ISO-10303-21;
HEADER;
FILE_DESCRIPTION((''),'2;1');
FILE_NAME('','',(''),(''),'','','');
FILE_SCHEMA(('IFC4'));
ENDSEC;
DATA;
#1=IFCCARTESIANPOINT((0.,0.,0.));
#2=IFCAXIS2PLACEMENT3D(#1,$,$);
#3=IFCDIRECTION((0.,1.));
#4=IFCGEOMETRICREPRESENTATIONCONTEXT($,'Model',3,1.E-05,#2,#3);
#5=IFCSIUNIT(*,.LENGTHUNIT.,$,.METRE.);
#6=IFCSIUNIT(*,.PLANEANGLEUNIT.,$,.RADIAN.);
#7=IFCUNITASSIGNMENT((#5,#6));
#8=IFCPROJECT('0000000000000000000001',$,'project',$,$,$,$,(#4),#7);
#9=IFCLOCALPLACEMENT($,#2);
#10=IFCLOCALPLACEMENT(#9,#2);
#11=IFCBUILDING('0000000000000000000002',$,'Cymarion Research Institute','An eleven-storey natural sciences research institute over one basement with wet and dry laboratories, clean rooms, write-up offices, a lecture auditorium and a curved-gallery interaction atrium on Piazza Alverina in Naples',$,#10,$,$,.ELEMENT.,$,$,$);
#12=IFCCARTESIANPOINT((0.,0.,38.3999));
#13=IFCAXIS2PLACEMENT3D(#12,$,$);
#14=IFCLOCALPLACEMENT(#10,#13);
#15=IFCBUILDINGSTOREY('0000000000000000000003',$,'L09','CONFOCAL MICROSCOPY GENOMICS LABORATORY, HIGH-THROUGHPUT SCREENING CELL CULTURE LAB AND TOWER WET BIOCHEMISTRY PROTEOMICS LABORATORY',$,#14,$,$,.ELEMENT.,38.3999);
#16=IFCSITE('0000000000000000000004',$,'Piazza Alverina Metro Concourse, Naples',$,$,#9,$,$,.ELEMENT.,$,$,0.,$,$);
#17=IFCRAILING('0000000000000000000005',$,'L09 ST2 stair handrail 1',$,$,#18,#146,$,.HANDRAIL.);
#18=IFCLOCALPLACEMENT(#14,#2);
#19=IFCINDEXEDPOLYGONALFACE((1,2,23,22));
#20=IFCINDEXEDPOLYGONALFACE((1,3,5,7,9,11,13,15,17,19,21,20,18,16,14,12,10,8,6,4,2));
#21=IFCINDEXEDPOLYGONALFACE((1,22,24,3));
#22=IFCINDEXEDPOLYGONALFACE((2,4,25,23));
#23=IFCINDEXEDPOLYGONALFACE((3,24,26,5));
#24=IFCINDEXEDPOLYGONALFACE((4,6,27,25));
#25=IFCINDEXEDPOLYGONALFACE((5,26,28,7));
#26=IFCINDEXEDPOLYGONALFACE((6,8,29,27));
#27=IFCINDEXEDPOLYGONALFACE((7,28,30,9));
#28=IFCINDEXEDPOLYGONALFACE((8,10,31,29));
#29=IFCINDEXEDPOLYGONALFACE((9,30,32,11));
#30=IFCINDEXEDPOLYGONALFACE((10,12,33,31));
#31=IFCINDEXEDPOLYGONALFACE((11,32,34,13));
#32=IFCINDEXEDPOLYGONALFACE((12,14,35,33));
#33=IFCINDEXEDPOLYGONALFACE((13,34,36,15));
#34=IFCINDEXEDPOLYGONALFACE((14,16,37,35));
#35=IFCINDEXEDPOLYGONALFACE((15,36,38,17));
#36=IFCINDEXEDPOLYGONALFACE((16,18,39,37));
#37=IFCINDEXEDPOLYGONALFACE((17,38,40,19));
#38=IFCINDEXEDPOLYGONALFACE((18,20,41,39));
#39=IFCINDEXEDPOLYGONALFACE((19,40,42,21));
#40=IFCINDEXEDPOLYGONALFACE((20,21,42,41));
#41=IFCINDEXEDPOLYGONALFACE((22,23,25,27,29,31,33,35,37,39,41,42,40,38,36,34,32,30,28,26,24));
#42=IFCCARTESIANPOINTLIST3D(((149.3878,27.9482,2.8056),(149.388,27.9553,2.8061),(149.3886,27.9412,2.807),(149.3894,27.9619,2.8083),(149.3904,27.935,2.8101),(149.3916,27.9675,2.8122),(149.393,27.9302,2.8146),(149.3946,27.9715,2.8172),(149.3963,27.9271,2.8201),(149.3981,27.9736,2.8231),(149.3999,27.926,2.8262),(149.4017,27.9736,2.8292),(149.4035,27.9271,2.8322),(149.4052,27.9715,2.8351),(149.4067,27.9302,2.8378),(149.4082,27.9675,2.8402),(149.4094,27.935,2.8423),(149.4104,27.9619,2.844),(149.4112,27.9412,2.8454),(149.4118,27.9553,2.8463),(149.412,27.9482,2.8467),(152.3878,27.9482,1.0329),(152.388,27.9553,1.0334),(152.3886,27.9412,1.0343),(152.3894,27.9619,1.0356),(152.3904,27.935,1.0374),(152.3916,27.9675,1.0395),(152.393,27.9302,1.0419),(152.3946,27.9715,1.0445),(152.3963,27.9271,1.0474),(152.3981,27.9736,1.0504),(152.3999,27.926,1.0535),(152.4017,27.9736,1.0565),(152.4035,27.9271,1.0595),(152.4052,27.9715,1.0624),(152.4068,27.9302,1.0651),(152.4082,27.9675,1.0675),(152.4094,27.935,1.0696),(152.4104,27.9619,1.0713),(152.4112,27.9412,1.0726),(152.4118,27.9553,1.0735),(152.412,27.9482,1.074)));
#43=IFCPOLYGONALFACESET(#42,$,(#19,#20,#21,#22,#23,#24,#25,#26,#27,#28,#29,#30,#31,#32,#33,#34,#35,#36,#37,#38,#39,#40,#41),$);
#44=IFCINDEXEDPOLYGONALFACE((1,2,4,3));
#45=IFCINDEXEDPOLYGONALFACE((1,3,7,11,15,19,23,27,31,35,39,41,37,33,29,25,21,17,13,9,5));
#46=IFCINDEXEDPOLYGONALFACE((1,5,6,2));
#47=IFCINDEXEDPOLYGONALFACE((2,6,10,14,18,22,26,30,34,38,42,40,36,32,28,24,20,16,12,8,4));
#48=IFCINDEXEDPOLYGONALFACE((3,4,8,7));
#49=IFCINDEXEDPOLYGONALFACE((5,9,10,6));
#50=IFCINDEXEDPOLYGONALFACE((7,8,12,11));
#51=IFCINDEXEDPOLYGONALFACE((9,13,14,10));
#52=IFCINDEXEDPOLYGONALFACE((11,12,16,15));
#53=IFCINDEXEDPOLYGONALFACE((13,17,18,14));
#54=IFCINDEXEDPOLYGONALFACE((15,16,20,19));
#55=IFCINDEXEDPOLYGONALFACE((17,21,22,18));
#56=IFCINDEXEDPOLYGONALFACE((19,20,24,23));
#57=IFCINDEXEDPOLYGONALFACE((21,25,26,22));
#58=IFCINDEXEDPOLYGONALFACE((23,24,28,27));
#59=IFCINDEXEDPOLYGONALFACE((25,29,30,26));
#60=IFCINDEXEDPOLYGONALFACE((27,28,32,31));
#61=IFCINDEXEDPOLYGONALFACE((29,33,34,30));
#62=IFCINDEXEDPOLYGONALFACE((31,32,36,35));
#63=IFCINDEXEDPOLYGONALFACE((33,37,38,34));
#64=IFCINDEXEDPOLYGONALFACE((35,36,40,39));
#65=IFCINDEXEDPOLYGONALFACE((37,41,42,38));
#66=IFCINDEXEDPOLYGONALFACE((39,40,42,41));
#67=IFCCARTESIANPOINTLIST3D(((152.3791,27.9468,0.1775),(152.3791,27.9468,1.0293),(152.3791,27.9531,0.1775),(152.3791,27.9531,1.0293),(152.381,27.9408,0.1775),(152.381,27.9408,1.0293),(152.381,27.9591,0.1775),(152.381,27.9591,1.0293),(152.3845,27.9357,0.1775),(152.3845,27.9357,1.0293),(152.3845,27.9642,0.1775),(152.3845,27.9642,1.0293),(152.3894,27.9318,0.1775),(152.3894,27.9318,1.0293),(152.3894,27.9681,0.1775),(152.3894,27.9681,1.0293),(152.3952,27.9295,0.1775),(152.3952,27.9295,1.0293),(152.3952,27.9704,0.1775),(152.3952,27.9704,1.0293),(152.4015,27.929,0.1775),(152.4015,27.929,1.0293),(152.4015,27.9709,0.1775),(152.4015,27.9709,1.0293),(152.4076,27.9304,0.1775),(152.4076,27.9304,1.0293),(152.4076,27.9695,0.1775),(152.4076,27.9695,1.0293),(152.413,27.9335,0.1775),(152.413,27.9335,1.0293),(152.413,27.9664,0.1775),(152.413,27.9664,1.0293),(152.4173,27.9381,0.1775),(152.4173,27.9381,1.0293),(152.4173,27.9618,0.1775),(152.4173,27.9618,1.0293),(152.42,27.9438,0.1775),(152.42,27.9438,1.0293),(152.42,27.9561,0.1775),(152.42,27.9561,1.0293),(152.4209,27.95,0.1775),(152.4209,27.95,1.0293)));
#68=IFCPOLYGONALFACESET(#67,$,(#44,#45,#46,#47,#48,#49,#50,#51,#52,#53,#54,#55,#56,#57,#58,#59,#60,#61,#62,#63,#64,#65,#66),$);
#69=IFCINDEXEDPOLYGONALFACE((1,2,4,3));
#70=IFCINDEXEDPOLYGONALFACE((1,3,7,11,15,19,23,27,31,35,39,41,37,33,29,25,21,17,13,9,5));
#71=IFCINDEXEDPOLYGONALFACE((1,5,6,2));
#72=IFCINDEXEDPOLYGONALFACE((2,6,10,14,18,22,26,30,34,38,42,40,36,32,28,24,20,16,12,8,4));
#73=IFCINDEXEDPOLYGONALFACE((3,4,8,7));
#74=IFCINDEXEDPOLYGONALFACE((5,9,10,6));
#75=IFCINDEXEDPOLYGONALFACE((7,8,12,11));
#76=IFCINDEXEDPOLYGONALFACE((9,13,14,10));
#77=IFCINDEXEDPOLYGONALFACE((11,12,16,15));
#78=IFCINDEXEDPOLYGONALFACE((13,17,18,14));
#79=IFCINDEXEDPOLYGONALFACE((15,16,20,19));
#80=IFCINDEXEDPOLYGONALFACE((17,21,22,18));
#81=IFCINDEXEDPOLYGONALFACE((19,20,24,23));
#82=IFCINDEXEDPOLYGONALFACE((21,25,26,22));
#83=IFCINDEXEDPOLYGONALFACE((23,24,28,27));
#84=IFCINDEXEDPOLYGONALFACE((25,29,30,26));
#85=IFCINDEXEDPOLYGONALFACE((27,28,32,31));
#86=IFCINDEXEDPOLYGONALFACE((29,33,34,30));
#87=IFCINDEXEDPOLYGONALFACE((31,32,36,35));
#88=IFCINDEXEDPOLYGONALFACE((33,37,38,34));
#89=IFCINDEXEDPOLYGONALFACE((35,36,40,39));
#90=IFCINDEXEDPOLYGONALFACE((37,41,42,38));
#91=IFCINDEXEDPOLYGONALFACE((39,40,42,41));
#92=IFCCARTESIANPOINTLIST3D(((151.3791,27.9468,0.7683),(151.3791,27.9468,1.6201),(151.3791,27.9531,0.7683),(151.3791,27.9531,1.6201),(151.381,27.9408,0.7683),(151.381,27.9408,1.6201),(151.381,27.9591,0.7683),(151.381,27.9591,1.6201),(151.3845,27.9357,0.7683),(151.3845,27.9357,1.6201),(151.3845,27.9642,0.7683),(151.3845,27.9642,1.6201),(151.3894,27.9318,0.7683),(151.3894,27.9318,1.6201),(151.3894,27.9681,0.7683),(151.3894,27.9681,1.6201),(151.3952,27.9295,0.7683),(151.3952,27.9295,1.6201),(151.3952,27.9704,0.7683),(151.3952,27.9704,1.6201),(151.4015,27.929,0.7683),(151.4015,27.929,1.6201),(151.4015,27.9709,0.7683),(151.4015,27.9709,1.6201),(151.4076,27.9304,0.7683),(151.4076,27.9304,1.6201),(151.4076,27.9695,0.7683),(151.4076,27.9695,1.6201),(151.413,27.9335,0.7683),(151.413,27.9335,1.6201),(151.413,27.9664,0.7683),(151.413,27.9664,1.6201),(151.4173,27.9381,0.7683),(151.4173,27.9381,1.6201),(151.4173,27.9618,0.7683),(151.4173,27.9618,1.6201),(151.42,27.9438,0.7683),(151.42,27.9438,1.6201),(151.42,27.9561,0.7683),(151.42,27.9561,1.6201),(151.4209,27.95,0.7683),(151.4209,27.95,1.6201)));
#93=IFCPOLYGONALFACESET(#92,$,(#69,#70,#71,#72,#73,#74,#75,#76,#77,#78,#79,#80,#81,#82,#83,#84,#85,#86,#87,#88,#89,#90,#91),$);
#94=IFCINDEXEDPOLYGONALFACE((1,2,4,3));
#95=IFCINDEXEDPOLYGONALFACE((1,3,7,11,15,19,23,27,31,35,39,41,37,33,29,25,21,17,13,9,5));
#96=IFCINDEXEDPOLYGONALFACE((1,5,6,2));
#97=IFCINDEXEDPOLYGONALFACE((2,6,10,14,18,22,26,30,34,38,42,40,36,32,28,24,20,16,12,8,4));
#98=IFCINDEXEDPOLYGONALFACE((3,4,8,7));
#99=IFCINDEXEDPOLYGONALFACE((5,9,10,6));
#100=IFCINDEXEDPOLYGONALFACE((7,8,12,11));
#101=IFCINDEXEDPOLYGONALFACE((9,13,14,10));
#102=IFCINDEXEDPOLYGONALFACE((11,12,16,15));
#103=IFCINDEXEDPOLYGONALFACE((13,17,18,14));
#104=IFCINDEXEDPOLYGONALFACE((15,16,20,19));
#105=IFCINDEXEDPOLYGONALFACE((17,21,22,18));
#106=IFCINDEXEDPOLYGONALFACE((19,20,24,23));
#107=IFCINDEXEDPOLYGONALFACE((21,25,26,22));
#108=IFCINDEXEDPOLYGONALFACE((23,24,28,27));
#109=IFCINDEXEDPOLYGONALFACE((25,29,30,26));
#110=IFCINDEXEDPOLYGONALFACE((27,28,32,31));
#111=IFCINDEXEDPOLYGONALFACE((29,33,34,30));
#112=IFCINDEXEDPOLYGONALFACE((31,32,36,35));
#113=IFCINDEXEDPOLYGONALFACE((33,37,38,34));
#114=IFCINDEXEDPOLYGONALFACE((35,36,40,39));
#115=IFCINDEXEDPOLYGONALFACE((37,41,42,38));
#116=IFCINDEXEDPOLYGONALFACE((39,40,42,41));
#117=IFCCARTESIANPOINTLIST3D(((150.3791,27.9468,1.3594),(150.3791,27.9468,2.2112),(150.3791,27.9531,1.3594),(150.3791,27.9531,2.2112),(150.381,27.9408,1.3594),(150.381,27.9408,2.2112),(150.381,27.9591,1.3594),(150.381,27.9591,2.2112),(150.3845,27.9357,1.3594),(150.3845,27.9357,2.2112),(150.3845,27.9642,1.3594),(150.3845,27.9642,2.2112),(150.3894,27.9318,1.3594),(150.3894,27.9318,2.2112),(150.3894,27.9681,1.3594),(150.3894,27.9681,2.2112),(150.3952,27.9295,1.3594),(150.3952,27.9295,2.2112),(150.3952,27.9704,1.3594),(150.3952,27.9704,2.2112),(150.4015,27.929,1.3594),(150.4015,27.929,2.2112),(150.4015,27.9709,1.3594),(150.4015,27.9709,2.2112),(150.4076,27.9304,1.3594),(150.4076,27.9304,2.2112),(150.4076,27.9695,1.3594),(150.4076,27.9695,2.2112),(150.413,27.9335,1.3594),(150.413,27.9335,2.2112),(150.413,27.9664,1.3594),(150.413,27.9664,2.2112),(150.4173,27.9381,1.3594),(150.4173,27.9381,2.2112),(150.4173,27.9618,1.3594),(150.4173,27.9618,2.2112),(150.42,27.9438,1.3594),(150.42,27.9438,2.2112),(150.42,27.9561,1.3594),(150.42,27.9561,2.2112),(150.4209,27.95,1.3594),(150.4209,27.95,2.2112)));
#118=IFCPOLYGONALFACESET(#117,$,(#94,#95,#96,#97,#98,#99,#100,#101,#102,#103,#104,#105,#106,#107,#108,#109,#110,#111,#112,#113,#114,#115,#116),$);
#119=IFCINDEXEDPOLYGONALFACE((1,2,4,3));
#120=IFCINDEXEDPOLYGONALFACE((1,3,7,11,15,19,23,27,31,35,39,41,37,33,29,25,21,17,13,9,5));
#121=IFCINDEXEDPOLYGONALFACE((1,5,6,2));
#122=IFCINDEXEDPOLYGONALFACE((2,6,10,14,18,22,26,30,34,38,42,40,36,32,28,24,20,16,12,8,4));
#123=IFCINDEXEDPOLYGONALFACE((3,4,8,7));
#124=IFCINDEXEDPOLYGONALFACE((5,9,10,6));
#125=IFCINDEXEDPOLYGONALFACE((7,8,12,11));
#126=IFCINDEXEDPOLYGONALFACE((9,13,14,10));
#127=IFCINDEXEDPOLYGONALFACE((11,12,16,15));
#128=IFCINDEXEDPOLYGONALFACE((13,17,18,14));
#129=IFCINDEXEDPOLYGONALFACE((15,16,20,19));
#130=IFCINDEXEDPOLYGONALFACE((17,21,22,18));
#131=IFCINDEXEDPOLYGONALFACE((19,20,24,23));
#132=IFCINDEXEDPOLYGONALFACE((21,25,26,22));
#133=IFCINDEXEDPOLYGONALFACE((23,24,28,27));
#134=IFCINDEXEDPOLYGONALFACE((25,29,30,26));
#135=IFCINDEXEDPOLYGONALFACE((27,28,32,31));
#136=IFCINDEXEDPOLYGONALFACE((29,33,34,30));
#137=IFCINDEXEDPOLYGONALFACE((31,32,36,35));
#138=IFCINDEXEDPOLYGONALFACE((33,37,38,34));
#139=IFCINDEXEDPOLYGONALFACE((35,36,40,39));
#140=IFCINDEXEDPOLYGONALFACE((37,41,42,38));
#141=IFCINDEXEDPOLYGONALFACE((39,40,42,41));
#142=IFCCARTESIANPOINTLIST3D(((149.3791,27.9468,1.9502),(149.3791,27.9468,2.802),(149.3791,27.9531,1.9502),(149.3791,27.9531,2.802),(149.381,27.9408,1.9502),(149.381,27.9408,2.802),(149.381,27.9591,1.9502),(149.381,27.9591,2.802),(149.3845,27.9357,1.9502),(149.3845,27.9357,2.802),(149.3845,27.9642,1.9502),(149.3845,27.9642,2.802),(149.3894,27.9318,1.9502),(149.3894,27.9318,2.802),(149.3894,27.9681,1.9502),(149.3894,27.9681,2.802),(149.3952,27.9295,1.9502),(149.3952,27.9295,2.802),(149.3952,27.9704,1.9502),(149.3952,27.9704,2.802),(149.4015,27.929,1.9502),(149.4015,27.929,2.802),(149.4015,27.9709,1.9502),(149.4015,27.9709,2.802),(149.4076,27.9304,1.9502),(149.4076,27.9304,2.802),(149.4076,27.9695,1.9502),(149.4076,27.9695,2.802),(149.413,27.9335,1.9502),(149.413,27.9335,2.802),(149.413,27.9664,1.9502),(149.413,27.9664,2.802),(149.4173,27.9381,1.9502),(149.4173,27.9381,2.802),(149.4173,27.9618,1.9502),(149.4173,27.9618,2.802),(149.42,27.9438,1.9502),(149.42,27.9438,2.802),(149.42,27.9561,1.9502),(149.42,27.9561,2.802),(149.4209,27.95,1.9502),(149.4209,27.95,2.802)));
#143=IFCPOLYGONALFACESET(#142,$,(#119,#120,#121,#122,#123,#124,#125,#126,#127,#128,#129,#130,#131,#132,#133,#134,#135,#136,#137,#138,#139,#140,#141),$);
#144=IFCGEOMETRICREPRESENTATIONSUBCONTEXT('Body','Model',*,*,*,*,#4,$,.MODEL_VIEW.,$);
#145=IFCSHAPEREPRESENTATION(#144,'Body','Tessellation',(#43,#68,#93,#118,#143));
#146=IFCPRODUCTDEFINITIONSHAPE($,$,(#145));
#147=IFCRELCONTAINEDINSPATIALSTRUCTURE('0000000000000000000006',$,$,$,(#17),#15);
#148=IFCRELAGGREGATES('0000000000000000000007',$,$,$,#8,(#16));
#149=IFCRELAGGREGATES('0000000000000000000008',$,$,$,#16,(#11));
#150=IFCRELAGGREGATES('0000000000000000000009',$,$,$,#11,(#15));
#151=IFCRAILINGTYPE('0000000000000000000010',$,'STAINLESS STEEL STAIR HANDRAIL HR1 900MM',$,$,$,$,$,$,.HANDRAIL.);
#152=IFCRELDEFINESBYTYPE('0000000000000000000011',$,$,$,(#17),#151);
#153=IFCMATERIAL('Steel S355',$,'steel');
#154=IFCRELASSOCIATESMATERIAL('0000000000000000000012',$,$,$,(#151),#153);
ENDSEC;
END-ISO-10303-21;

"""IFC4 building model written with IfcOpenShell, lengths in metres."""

from ifc_helpers import new_model, si_unit, direction, frame, origin, origin_2d, place, context, subcontext, project, spatial, circle, extrude, material, type_object, element, save


model = new_model("IFC4")

# Units and contexts
model_context = context("Model", 3, precision=1e-05, world=origin(), true_north=direction((0.0, 1.0)))
body_context = subcontext(model_context, "Body", "Model", "MODEL_VIEW")
ifc_project = project(units=[si_unit("LENGTHUNIT", "METRE"), si_unit("PLANEANGLEUNIT", "RADIAN")], contexts=[model_context])

# Site, building, storey
site_placement = place(None, origin())
site = spatial("IfcSite", under=ifc_project, at=site_placement, Name="Piazza Alverina Metro Concourse, Naples", CompositionType="ELEMENT", RefElevation=0.0)
building_placement = place(site_placement, origin())
building = spatial("IfcBuilding", under=site, at=building_placement, Name="Cymarion Research Institute", Description="An eleven-storey natural sciences research institute over one basement with wet and dry laboratories, clean rooms, write-up offices, a lecture auditorium and a curved-gallery interaction atrium on Piazza Alverina in Naples", CompositionType="ELEMENT")
storey_placement = place(building_placement, frame((0.0, 0.0, 38.3999)))
storey = spatial("IfcBuildingStorey", under=building, at=storey_placement, Name="L09", Description="CONFOCAL MICROSCOPY GENOMICS LABORATORY, HIGH-THROUGHPUT SCREENING CELL CULTURE LAB AND TOWER WET BIOCHEMISTRY PROTEOMICS LABORATORY", CompositionType="ELEMENT", Elevation=38.3999)

# Shared definitions
ifc_material_1 = material(Name="Steel S355", Category="steel")

# Railing
railing_type_1 = type_object("IfcRailingType", Name="STAINLESS STEEL STAIR HANDRAIL HR1 900MM", PredefinedType="HANDRAIL", material=ifc_material_1)
railing_1_placement = place(storey_placement, frame((152.3999, 27.95, 0.1775)))
element("IfcRailing", 1, at=railing_1_placement, inside=storey, type_object=railing_type_1, Name="L09 ST2 stair handrail 1", PredefinedType="HANDRAIL", context=body_context, shape_type="SweptSolid", body=[
    extrude(circle(Radius=0.0239, at=origin_2d()), frame((0.0, 0.0, 0.876), z_axis=(-0.860929, 0.0, 0.508725), x_axis=(0.0, -1.0, 0.0)), (0.0, 0.0, 1.0), 3.4846),
    extrude(circle(Radius=0.021, at=origin_2d()), origin(), (0.0, 0.0, 1.0), 0.8518),
    extrude(circle(Radius=0.021, at=origin_2d()), frame((-1.0, 0.0, 0.5908)), (0.0, 0.0, 1.0), 0.8518),
    extrude(circle(Radius=0.021, at=origin_2d()), frame((-2.0, 0.0, 1.1819)), (0.0, 0.0, 1.0), 0.8518),
    extrude(circle(Radius=0.021, at=origin_2d()), frame((-3.0, 0.0, 1.7727)), (0.0, 0.0, 1.0), 0.8518),
])

save(model, "model.ifc")
